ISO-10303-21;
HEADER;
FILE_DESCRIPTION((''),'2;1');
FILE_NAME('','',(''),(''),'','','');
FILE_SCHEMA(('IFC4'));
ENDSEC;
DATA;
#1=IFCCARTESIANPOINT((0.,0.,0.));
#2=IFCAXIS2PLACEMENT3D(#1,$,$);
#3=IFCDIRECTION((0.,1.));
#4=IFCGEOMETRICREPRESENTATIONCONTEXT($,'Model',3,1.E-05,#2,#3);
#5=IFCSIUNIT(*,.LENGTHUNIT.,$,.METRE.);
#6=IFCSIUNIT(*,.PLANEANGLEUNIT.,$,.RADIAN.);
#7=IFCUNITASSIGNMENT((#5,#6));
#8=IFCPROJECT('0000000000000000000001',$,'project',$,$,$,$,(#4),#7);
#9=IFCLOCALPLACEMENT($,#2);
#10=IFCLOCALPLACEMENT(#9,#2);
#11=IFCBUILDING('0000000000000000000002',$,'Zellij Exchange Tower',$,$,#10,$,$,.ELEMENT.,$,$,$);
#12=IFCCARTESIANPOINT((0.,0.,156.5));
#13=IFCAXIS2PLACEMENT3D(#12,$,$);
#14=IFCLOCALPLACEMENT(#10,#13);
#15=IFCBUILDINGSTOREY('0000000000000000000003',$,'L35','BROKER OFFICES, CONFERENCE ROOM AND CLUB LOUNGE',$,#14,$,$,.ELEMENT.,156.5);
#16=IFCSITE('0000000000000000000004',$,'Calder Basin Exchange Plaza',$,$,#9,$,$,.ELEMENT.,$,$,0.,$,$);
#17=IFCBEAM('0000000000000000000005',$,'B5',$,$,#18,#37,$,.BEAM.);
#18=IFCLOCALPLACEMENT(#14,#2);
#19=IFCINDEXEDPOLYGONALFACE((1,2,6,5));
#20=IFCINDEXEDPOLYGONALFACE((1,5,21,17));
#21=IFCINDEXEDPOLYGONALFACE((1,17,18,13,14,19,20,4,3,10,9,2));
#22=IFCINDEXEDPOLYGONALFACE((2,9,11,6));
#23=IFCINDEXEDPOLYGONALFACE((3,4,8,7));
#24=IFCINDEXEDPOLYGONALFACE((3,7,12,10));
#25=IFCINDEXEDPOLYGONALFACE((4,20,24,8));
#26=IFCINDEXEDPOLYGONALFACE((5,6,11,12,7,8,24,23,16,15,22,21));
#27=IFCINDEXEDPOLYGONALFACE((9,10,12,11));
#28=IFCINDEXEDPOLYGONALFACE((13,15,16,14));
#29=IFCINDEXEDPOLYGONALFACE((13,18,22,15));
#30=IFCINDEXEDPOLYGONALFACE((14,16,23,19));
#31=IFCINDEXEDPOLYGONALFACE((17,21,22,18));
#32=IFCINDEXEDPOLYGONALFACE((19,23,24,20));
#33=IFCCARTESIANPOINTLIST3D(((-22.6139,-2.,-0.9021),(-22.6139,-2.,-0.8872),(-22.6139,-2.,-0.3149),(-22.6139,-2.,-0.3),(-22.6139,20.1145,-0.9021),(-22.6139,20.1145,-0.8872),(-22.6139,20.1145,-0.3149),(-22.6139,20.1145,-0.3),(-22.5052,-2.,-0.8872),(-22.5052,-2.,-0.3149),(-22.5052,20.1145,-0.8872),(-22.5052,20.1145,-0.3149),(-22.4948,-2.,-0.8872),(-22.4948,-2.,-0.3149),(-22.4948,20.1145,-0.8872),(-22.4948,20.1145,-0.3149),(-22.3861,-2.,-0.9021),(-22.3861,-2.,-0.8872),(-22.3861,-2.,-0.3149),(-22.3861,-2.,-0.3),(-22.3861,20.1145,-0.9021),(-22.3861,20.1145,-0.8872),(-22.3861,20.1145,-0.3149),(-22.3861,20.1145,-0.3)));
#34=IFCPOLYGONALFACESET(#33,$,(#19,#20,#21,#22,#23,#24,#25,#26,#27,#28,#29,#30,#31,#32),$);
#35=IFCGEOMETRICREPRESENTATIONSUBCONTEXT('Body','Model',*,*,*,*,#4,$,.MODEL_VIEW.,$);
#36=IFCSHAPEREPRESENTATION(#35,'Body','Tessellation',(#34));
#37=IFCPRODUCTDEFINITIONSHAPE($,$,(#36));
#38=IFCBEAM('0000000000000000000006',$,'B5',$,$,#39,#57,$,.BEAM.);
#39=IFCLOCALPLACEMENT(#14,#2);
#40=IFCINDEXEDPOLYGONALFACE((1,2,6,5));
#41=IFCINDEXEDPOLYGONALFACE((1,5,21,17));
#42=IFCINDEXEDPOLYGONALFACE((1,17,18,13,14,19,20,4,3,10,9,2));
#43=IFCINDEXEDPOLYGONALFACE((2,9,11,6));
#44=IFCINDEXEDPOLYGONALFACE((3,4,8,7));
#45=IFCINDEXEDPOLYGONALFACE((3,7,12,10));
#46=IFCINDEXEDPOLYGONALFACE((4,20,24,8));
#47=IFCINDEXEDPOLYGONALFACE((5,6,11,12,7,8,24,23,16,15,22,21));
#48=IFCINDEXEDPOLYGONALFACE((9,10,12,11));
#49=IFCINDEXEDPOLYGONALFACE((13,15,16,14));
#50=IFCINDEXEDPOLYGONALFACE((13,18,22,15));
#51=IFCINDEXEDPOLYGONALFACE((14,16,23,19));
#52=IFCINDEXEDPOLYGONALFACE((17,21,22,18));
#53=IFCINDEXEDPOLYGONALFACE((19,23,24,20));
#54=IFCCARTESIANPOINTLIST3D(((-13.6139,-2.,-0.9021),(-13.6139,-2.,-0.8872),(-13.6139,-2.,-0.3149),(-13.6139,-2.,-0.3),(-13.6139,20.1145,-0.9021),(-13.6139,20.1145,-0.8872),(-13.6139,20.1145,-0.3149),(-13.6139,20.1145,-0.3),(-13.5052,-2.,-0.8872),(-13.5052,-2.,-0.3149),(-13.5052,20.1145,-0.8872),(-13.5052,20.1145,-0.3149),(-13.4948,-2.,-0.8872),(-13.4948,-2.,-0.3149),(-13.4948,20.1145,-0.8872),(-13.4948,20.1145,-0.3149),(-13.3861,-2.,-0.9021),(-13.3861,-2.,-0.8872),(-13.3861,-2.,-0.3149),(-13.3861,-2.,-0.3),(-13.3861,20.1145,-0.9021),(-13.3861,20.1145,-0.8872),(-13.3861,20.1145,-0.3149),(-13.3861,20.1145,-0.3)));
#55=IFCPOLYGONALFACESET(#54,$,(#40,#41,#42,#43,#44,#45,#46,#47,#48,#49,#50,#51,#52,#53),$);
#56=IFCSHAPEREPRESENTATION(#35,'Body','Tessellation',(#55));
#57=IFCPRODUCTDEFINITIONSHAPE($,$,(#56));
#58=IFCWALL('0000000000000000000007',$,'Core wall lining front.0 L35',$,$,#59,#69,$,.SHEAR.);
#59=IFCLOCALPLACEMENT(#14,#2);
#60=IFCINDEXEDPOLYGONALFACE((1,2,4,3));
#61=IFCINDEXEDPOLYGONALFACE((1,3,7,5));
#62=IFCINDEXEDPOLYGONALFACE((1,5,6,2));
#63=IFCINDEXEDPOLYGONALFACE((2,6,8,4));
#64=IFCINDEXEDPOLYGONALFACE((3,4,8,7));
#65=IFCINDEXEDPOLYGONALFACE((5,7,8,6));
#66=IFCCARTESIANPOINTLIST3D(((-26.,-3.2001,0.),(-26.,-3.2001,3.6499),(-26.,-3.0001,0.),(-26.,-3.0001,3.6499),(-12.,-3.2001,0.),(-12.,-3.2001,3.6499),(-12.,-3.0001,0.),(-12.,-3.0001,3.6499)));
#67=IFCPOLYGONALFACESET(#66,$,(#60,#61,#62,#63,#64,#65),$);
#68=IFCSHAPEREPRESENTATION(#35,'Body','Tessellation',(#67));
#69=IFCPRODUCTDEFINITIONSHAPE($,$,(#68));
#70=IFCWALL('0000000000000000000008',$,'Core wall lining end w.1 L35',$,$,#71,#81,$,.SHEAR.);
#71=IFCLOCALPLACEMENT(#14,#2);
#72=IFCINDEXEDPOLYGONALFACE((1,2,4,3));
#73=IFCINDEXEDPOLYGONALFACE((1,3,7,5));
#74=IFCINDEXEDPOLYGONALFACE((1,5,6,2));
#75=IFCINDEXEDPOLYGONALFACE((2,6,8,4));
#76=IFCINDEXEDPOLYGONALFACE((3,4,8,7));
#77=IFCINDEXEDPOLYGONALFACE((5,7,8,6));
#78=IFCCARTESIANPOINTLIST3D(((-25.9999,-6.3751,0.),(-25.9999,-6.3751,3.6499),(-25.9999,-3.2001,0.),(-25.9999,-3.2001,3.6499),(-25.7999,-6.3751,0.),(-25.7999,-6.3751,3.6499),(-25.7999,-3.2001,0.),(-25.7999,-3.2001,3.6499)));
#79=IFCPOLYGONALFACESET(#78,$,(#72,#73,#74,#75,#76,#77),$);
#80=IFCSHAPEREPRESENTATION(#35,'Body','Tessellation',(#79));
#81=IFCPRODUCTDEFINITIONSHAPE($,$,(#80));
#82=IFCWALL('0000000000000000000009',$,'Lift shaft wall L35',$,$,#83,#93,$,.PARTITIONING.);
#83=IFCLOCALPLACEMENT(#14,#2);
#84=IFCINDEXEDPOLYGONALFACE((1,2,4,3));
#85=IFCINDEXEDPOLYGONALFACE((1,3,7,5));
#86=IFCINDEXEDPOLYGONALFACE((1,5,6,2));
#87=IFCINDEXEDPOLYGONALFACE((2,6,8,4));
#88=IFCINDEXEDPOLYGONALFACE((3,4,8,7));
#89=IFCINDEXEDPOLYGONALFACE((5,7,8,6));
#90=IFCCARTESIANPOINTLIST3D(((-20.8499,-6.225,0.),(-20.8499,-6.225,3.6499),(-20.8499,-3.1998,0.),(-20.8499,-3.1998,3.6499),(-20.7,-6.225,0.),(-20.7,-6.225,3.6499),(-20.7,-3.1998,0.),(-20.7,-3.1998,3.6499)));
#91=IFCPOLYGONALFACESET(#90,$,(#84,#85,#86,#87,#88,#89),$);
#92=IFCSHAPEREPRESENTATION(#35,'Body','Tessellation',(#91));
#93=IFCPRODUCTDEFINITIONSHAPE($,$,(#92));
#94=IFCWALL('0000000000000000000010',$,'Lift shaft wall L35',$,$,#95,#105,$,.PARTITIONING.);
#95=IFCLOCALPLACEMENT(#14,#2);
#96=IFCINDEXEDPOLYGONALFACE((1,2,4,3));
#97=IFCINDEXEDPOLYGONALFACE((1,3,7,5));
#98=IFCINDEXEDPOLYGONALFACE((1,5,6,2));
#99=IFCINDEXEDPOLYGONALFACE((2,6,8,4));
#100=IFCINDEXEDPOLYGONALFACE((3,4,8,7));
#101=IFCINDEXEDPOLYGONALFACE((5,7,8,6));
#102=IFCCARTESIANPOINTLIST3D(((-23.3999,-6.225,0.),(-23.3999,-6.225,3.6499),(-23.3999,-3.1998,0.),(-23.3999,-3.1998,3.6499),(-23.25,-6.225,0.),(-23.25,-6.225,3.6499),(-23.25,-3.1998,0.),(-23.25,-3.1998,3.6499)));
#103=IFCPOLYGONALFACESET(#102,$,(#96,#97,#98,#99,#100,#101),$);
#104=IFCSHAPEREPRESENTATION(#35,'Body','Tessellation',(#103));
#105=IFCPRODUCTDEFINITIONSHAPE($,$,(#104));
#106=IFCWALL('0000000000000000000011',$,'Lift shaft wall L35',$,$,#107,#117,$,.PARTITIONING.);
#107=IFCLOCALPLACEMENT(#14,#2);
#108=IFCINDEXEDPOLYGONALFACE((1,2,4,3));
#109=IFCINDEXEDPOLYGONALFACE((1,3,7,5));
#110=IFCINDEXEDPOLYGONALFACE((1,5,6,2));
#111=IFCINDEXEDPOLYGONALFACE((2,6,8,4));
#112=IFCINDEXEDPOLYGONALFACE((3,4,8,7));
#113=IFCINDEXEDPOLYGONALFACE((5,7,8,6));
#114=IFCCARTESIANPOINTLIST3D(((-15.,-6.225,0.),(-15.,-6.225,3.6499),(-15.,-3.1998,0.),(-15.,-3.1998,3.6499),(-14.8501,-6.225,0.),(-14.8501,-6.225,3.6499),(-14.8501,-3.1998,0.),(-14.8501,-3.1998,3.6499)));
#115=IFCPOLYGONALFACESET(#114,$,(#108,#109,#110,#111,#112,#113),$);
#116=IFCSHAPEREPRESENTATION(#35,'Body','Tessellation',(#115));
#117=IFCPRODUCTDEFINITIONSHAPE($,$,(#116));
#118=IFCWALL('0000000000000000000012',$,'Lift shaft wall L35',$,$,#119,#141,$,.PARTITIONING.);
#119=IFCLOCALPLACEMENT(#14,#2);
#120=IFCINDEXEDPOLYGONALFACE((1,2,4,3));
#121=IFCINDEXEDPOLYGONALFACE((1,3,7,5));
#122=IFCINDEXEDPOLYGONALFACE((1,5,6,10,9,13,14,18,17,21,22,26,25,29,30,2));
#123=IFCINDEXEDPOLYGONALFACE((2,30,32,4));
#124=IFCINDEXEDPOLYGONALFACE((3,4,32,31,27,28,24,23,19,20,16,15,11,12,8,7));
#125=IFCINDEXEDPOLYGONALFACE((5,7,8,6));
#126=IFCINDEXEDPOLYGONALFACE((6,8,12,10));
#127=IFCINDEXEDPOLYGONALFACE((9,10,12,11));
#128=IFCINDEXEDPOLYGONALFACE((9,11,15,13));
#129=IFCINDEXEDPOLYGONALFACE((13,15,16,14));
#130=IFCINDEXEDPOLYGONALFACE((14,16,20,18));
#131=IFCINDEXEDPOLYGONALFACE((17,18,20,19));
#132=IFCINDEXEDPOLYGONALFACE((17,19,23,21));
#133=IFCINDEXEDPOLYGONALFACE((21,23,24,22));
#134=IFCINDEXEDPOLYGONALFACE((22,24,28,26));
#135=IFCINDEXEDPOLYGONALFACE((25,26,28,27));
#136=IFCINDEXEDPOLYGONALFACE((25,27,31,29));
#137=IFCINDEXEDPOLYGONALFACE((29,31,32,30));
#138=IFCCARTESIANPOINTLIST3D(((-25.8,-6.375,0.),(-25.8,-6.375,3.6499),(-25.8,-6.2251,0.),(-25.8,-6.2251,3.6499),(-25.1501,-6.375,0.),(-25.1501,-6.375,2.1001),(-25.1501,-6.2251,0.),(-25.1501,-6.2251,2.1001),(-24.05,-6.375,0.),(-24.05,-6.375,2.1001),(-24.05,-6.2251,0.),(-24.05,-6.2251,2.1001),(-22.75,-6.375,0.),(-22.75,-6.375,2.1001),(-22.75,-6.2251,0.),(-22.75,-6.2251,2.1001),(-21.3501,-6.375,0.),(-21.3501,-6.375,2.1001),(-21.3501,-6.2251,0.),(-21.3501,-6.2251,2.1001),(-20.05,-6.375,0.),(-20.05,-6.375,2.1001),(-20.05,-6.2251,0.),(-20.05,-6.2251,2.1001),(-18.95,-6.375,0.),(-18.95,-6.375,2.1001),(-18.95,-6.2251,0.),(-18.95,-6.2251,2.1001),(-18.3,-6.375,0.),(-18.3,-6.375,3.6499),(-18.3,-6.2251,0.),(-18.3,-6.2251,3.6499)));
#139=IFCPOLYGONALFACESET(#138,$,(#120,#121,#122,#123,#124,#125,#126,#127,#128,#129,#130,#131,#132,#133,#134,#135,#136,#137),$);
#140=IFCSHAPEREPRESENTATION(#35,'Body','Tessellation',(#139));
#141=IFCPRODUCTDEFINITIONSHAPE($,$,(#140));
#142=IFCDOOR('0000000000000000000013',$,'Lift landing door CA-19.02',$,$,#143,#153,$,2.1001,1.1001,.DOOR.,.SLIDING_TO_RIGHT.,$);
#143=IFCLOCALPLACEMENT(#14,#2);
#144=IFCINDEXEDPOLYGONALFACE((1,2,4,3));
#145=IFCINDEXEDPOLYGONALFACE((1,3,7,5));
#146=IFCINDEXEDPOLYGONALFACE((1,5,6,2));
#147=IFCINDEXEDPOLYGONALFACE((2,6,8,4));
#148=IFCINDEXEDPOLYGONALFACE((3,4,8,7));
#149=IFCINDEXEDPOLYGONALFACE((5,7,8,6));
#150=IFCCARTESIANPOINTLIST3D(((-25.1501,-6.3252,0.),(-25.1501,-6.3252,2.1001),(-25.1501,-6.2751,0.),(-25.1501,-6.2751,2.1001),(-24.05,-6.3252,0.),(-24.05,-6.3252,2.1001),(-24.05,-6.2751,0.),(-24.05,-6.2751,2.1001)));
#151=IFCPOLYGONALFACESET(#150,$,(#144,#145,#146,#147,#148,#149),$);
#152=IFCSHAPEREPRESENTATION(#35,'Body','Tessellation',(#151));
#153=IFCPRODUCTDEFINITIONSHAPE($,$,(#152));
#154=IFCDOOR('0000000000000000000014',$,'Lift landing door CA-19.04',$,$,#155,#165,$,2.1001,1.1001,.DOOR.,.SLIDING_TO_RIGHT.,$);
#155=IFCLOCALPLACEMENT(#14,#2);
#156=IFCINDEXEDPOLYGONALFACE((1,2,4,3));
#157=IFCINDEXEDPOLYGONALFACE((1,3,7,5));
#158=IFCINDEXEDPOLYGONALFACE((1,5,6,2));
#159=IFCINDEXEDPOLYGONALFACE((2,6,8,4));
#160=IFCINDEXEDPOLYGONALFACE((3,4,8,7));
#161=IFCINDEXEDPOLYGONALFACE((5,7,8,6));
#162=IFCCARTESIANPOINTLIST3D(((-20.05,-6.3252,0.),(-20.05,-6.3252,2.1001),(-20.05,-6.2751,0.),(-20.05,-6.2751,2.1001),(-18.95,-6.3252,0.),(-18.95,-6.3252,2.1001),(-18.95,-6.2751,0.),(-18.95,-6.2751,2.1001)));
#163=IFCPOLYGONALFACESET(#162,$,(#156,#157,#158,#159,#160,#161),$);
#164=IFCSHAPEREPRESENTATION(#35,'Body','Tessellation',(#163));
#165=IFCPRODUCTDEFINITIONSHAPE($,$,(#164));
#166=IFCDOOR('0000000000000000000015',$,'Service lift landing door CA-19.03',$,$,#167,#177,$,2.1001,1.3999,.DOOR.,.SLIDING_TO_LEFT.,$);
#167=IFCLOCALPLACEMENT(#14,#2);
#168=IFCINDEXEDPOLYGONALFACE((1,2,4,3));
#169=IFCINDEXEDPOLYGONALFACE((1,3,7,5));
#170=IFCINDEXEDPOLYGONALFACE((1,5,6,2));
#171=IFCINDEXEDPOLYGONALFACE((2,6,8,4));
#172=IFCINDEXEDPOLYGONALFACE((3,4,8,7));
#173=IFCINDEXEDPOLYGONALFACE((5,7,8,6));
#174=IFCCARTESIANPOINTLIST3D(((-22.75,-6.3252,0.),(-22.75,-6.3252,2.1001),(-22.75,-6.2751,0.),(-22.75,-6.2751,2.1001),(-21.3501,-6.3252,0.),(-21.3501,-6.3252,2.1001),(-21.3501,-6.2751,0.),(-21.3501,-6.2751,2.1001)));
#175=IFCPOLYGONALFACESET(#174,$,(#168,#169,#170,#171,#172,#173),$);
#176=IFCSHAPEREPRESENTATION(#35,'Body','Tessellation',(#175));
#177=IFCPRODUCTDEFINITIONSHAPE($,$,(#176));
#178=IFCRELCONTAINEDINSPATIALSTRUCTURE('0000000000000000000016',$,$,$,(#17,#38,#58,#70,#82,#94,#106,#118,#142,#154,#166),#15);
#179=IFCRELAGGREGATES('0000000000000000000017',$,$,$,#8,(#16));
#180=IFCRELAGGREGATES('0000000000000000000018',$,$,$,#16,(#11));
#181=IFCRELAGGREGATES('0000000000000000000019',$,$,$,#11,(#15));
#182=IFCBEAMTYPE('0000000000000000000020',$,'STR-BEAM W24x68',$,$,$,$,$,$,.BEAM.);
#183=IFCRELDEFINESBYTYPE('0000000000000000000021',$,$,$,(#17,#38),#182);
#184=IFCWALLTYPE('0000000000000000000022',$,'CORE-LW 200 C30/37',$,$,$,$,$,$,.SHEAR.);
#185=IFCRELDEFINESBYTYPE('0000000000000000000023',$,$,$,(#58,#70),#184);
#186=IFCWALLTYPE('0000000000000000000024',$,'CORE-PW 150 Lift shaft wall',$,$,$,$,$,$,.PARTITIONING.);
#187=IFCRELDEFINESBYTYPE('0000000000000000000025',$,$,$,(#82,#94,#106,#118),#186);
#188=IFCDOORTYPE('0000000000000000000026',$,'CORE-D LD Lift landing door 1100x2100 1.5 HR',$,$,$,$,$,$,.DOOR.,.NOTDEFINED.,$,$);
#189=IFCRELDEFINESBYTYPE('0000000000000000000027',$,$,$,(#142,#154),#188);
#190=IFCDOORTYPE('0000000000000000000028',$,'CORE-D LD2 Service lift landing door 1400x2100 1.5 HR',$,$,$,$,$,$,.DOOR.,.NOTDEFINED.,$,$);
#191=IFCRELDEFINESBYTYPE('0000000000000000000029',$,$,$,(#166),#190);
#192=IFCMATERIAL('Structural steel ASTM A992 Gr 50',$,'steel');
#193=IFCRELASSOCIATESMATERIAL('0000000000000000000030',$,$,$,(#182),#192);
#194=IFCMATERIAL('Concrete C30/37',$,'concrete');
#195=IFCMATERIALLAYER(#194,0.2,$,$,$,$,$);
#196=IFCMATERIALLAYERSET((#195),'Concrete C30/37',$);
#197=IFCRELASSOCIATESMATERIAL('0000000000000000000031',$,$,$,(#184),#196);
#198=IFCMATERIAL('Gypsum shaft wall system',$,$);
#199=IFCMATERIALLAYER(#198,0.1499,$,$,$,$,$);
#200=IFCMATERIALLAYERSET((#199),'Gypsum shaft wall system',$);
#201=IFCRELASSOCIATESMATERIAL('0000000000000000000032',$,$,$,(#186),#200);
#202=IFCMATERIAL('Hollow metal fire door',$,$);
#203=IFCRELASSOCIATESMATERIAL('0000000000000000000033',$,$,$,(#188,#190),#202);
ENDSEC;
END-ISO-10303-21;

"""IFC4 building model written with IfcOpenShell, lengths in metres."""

from ifc_helpers import new_model, si_unit, direction, frame, frame_2d, origin, origin_2d, place, context, subcontext, project, spatial, rectangle, i_section, extrude, material, layer, layer_set, material_profile, profile_set, type_object, element, fill, save


model = new_model("IFC4")

# Units and contexts
model_context = context("Model", 3, precision=1e-05, world=origin(), true_north=direction((0.0, 1.0)))
body_context = subcontext(model_context, "Body", "Model", "MODEL_VIEW")
ifc_project = project(units=[si_unit("LENGTHUNIT", "METRE"), si_unit("PLANEANGLEUNIT", "RADIAN")], contexts=[model_context])

# Site, building, storey
site_placement = place(None, origin())
site = spatial("IfcSite", under=ifc_project, at=site_placement, Name="Calder Basin Exchange Plaza", CompositionType="ELEMENT", RefElevation=0.0)
building_placement = place(site_placement, origin())
building = spatial("IfcBuilding", under=site, at=building_placement, Name="Zellij Exchange Tower", CompositionType="ELEMENT")
storey_placement = place(building_placement, frame((0.0, 0.0, 156.5)))
storey = spatial("IfcBuildingStorey", under=building, at=storey_placement, Name="L35", Description="BROKER OFFICES, CONFERENCE ROOM AND CLUB LOUNGE", CompositionType="ELEMENT", Elevation=156.5)

# Beams
ifc_material_1 = material(Name="Structural steel ASTM A992 Gr 50", Category="steel")
ifc_material_profile = material_profile(ifc_material_1, i_section(OverallWidth=0.2278, OverallDepth=0.6021, WebThickness=0.0105, FlangeThickness=0.0149, at=origin_2d()), Name="W24x68")
ifc_profile_set = profile_set([ifc_material_profile], Name="Structural steel ASTM A992 Gr 50")
beam_type = type_object("IfcBeamType", Name="STR-BEAM W24x68", PredefinedType="BEAM", material=ifc_profile_set)
for number, where, z_axis, x_axis, name in (
    (1, (-22.5, -2.0, -0.6011), (0.0, 1.0, 0.0), (-1.0, 0.0, 0.0), "B5"),
    (2, (-13.5, -2.0, -0.6011), (0.0, 1.0, 0.0), (-1.0, 0.0, 0.0), "B5"),
):
    element("IfcBeam", number, at=place(storey_placement, frame(where, z_axis=z_axis, x_axis=x_axis)), inside=storey, type_object=beam_type, Name=name, PredefinedType="BEAM", context=body_context, shape_type="SweptSolid", body=[
        extrude(i_section(OverallWidth=0.2278, OverallDepth=0.6021, WebThickness=0.0105, FlangeThickness=0.0149, at=origin_2d()), origin(), (0.0, 0.0, 1.0), 22.1145),
    ])

# Walls
ifc_material_2 = material(Name="Concrete C30/37", Category="concrete")
ifc_layer_1 = layer(ifc_material_2, 0.2)
ifc_layer_set_1 = layer_set([ifc_layer_1], Name="Concrete C30/37")
wall_type_1 = type_object("IfcWallType", Name="CORE-LW 200 C30/37", PredefinedType="SHEAR", material=ifc_layer_set_1)
wall_1_placement = place(storey_placement, frame((-26.0, -3.1001, 0.0), z_axis=(0.0, 0.0, 1.0), x_axis=(1.0, 0.0, 0.0)))
element("IfcWall", 3, at=wall_1_placement, inside=storey, type_object=wall_type_1, Name="Core wall lining front.0 L35", PredefinedType="SHEAR", context=body_context, shape_type="SweptSolid", body=[
    extrude(rectangle(XDim=14.0, YDim=0.2, at=frame_2d((7.0, 0.0))), origin(), (0.0, 0.0, 1.0), 3.6499),
])
wall_2_placement = place(storey_placement, frame((-25.8999, -6.375, 0.0), z_axis=(0.0, 0.0, 1.0), x_axis=(0.0, 1.0, 0.0)))
element("IfcWall", 4, at=wall_2_placement, inside=storey, type_object=wall_type_1, Name="Core wall lining end w.1 L35", PredefinedType="SHEAR", context=body_context, shape_type="SweptSolid", body=[
    extrude(rectangle(XDim=3.175, YDim=0.2, at=frame_2d((1.5874, 0.0))), origin(), (0.0, 0.0, 1.0), 3.6499),
])
ifc_material_3 = material(Name="Gypsum shaft wall system")
ifc_layer_2 = layer(ifc_material_3, 0.1499)
ifc_layer_set_2 = layer_set([ifc_layer_2], Name="Gypsum shaft wall system")
wall_type_2 = type_object("IfcWallType", Name="CORE-PW 150 Lift shaft wall", PredefinedType="PARTITIONING", material=ifc_layer_set_2)
for number, where, z_axis, x_axis, name in (
    (5, (-20.7749, -6.2251, 0.0), (0.0, 0.0, 1.0), (0.0, 1.0, 0.0), "Lift shaft wall L35"),
    (6, (-23.325, -6.2251, 0.0), (0.0, 0.0, 1.0), (0.0, 1.0, 0.0), "Lift shaft wall L35"),
    (7, (-14.925, -6.2251, 0.0), (0.0, 0.0, 1.0), (0.0, 1.0, 0.0), "Lift shaft wall L35"),
):
    element("IfcWall", number, at=place(storey_placement, frame(where, z_axis=z_axis, x_axis=x_axis)), inside=storey, type_object=wall_type_2, Name=name, PredefinedType="PARTITIONING", context=body_context, shape_type="SweptSolid", body=[
        extrude(rectangle(XDim=3.0251, YDim=0.1499, at=frame_2d((1.5127, 0.0))), origin(), (0.0, 0.0, 1.0), 3.6499),
    ])

# Wall, openings, doors
wall_3_placement = place(storey_placement, frame((-25.8, -6.3, 0.0), z_axis=(0.0, 0.0, 1.0), x_axis=(1.0, 0.0, 0.0)))
wall_3 = element("IfcWall", 8, at=wall_3_placement, inside=storey, type_object=wall_type_2, Name="Lift shaft wall L35", PredefinedType="PARTITIONING", context=body_context, shape_type="SweptSolid", body=[
    extrude(rectangle(XDim=7.5, YDim=0.1499, at=frame_2d((3.75, 0.0))), origin(), (0.0, 0.0, 1.0), 3.6499),
])
opening_1_placement = place(wall_3_placement, frame((0.6499, 0.0, 0.0)))
opening_1 = element("IfcOpeningElement", 9, at=opening_1_placement, cuts=wall_3, PredefinedType="OPENING", context=body_context, shape_type="SweptSolid", body=[
    extrude(rectangle(XDim=1.1001, YDim=2.1001, at=frame_2d((0.55, 1.05))), frame((0.0, 0.0869, 0.0), z_axis=(0.0, -1.0, 0.0), x_axis=(1.0, 0.0, 0.0)), (0.0, 0.0, 1.0), 0.1738),
])
opening_2_placement = place(wall_3_placement, frame((3.05, 0.0, 0.0)))
opening_2 = element("IfcOpeningElement", 10, at=opening_2_placement, cuts=wall_3, PredefinedType="OPENING", context=body_context, shape_type="SweptSolid", body=[
    extrude(rectangle(XDim=1.3999, YDim=2.1001, at=frame_2d((0.7, 1.05))), frame((0.0, 0.0869, 0.0), z_axis=(0.0, -1.0, 0.0), x_axis=(1.0, 0.0, 0.0)), (0.0, 0.0, 1.0), 0.1738),
])
opening_3_placement = place(wall_3_placement, frame((5.75, 0.0, 0.0)))
opening_3 = element("IfcOpeningElement", 11, at=opening_3_placement, cuts=wall_3, PredefinedType="OPENING", context=body_context, shape_type="SweptSolid", body=[
    extrude(rectangle(XDim=1.1001, YDim=2.1001, at=frame_2d((0.55, 1.05))), frame((0.0, 0.0869, 0.0), z_axis=(0.0, -1.0, 0.0), x_axis=(1.0, 0.0, 0.0)), (0.0, 0.0, 1.0), 0.1738),
])
ifc_material_4 = material(Name="Hollow metal fire door")
door_type_1 = type_object("IfcDoorType", Name="CORE-D LD Lift landing door 1100x2100 1.5 HR", OperationType="NOTDEFINED", PredefinedType="DOOR", material=ifc_material_4)
door_1_placement = place(opening_1_placement, origin())
door_1 = element("IfcDoor", 12, at=door_1_placement, inside=storey, type_object=door_type_1, Name="Lift landing door CA-19.02", OperationType="SLIDING_TO_RIGHT", OverallHeight=2.1001, OverallWidth=1.1001, PredefinedType="DOOR", context=body_context, shape_type="SweptSolid", body=[
    extrude(rectangle(XDim=1.1001, YDim=2.1001, at=frame_2d((0.55, 1.05))), frame((0.0, 0.0249, 0.0), z_axis=(0.0, -1.0, 0.0), x_axis=(1.0, 0.0, 0.0)), (0.0, 0.0, 1.0), 0.05),
])
fill(opening_1, door_1)
door_2_placement = place(opening_3_placement, origin())
door_2 = element("IfcDoor", 13, at=door_2_placement, inside=storey, type_object=door_type_1, Name="Lift landing door CA-19.04", OperationType="SLIDING_TO_RIGHT", OverallHeight=2.1001, OverallWidth=1.1001, PredefinedType="DOOR", context=body_context, shape_type="SweptSolid", body=[
    extrude(rectangle(XDim=1.1001, YDim=2.1001, at=frame_2d((0.55, 1.05))), frame((0.0, 0.0249, 0.0), z_axis=(0.0, -1.0, 0.0), x_axis=(1.0, 0.0, 0.0)), (0.0, 0.0, 1.0), 0.05),
])
fill(opening_3, door_2)
door_type_2 = type_object("IfcDoorType", Name="CORE-D LD2 Service lift landing door 1400x2100 1.5 HR", OperationType="NOTDEFINED", PredefinedType="DOOR", material=ifc_material_4)
door_3_placement = place(opening_2_placement, origin())
door_3 = element("IfcDoor", 14, at=door_3_placement, inside=storey, type_object=door_type_2, Name="Service lift landing door CA-19.03", OperationType="SLIDING_TO_LEFT", OverallHeight=2.1001, OverallWidth=1.3999, PredefinedType="DOOR", context=body_context, shape_type="SweptSolid", body=[
    extrude(rectangle(XDim=1.3999, YDim=2.1001, at=frame_2d((0.7, 1.05))), frame((0.0, 0.0249, 0.0), z_axis=(0.0, -1.0, 0.0), x_axis=(1.0, 0.0, 0.0)), (0.0, 0.0, 1.0), 0.05),
])
fill(opening_2, door_3)

save(model, "model.ifc")
